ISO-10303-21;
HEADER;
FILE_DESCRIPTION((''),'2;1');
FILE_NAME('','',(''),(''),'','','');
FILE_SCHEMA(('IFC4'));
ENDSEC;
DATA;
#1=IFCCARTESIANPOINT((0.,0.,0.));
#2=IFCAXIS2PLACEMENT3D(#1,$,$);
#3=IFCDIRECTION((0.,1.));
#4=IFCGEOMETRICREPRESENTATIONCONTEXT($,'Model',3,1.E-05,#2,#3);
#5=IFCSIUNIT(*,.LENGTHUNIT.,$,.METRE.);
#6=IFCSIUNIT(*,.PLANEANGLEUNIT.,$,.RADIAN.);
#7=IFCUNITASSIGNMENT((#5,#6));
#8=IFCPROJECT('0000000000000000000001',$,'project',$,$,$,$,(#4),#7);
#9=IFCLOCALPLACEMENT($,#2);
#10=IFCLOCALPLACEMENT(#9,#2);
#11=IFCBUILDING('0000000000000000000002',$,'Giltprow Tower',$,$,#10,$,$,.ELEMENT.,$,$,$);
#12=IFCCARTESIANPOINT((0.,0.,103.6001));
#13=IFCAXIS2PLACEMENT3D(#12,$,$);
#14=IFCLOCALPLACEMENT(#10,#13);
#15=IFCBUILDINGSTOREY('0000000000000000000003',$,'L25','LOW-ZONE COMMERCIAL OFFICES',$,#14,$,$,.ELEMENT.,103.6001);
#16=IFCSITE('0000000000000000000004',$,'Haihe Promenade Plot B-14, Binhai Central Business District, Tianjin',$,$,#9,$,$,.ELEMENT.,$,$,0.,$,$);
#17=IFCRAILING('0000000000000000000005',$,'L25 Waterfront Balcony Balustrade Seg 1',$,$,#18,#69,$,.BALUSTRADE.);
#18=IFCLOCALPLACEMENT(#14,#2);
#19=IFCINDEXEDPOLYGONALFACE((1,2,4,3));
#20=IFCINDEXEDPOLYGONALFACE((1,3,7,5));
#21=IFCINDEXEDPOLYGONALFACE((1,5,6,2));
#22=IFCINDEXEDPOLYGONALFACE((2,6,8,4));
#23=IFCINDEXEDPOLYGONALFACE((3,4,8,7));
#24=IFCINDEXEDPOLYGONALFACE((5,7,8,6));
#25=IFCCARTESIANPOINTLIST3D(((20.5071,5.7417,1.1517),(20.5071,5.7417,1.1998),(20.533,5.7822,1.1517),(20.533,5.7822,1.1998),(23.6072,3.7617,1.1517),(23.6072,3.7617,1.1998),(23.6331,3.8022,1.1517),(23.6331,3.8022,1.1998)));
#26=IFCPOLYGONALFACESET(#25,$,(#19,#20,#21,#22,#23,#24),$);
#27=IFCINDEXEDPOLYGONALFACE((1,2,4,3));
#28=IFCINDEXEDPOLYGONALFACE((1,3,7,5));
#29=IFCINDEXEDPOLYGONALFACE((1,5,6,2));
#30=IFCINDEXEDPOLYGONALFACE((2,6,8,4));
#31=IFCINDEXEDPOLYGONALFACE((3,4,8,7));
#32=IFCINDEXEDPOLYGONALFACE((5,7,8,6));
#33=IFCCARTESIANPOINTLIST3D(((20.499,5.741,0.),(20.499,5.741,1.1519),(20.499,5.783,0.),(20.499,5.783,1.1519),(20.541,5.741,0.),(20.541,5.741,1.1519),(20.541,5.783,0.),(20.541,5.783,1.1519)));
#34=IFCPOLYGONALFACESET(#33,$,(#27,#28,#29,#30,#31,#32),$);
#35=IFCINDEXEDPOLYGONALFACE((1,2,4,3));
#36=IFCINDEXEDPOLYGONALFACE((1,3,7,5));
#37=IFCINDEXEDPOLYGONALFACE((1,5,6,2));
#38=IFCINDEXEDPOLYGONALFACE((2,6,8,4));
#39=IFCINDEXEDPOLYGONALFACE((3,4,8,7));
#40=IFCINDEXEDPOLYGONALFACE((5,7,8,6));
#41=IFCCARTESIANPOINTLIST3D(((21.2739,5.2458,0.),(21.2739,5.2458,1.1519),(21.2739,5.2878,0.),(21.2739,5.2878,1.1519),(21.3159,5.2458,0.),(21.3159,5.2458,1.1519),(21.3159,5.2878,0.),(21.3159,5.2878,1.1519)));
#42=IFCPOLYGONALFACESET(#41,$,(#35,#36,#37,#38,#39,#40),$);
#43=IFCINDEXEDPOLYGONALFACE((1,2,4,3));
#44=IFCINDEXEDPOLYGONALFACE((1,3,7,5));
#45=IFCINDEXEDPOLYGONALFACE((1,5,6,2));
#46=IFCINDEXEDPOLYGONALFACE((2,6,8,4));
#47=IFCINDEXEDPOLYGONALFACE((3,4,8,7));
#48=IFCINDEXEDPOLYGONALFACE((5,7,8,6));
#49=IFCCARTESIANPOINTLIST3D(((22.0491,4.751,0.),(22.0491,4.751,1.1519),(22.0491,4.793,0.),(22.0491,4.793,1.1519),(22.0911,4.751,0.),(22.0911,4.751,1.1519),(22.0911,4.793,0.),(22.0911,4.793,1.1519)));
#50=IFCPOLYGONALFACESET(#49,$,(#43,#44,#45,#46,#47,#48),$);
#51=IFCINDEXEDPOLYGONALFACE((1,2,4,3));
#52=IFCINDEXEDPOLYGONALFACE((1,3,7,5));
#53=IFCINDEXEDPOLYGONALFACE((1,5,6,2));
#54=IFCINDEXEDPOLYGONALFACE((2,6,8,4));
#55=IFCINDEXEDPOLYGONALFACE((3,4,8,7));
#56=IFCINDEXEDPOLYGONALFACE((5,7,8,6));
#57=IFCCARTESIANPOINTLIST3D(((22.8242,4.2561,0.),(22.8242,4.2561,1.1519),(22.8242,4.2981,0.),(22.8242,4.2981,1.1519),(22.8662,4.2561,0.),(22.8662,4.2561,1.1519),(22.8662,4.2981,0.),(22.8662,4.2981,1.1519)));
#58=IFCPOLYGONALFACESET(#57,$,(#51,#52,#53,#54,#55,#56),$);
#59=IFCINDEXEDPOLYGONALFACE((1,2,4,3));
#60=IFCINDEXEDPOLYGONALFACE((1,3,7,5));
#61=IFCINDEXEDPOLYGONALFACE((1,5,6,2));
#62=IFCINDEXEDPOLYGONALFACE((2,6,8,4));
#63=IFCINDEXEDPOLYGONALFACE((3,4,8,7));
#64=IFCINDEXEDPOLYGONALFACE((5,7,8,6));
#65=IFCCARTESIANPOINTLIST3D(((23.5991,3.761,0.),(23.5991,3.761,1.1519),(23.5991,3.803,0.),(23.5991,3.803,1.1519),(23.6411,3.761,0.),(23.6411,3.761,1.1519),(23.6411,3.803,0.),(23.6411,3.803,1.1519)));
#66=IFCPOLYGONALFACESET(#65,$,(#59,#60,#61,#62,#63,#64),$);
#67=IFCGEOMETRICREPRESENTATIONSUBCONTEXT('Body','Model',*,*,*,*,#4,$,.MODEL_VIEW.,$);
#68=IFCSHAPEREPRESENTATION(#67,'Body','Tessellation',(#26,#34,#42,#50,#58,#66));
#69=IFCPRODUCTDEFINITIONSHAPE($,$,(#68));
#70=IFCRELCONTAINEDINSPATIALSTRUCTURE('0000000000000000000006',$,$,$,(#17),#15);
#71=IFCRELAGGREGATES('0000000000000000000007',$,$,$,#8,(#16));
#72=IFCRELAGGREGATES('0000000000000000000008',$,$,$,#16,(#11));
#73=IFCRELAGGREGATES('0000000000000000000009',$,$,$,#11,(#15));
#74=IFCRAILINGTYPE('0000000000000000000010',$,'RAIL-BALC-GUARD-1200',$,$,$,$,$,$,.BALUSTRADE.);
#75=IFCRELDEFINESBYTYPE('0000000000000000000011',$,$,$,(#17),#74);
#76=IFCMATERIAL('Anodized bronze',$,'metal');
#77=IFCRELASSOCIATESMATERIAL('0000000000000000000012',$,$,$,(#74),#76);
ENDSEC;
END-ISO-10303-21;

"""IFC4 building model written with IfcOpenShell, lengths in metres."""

from ifc_helpers import new_model, si_unit, direction, frame, origin, origin_2d, place, context, subcontext, project, spatial, rectangle, extrude, material, type_object, element, save


model = new_model("IFC4")

# Units and contexts
model_context = context("Model", 3, precision=1e-05, world=origin(), true_north=direction((0.0, 1.0)))
body_context = subcontext(model_context, "Body", "Model", "MODEL_VIEW")
ifc_project = project(units=[si_unit("LENGTHUNIT", "METRE"), si_unit("PLANEANGLEUNIT", "RADIAN")], contexts=[model_context])

# Site, building, storey
site_placement = place(None, origin())
site = spatial("IfcSite", under=ifc_project, at=site_placement, Name="Haihe Promenade Plot B-14, Binhai Central Business District, Tianjin", CompositionType="ELEMENT", RefElevation=0.0)
building_placement = place(site_placement, origin())
building = spatial("IfcBuilding", under=site, at=building_placement, Name="Giltprow Tower", CompositionType="ELEMENT")
storey_placement = place(building_placement, frame((0.0, 0.0, 103.6001)))
storey = spatial("IfcBuildingStorey", under=building, at=storey_placement, Name="L25", Description="LOW-ZONE COMMERCIAL OFFICES", CompositionType="ELEMENT", Elevation=103.6001)

# Railing
ifc_material_1 = material(Name="Anodized bronze", Category="metal")
railing_type = type_object("IfcRailingType", Name="RAIL-BALC-GUARD-1200", PredefinedType="BALUSTRADE", material=ifc_material_1)
railing_1_placement = place(storey_placement, frame((20.52, 5.762, 0.0)))
element("IfcRailing", 1, at=railing_1_placement, inside=storey, type_object=railing_type, Name="L25 Waterfront Balcony Balustrade Seg 1", PredefinedType="BALUSTRADE", context=body_context, shape_type="SweptSolid", body=[
    extrude(rectangle(XDim=0.0481, YDim=0.0481, at=origin_2d()), frame((0.0, 0.0, 1.1758), z_axis=(0.842775, -0.538266, 0.0), x_axis=(0.538266, 0.842775, 0.0)), (0.0, 0.0, 1.0), 3.6785),
    extrude(rectangle(XDim=0.042, YDim=0.042, at=origin_2d()), origin(), (0.0, 0.0, 1.0), 1.1519),
    extrude(rectangle(XDim=0.042, YDim=0.042, at=origin_2d()), frame((0.7749, -0.4951, 0.0)), (0.0, 0.0, 1.0), 1.1519),
    extrude(rectangle(XDim=0.042, YDim=0.042, at=origin_2d()), frame((1.55, -0.99, 0.0)), (0.0, 0.0, 1.0), 1.1519),
    extrude(rectangle(XDim=0.042, YDim=0.042, at=origin_2d()), frame((2.3252, -1.4849, 0.0)), (0.0, 0.0, 1.0), 1.1519),
    extrude(rectangle(XDim=0.042, YDim=0.042, at=origin_2d()), frame((3.1001, -1.98, 0.0)), (0.0, 0.0, 1.0), 1.1519),
])

save(model, "model.ifc")
